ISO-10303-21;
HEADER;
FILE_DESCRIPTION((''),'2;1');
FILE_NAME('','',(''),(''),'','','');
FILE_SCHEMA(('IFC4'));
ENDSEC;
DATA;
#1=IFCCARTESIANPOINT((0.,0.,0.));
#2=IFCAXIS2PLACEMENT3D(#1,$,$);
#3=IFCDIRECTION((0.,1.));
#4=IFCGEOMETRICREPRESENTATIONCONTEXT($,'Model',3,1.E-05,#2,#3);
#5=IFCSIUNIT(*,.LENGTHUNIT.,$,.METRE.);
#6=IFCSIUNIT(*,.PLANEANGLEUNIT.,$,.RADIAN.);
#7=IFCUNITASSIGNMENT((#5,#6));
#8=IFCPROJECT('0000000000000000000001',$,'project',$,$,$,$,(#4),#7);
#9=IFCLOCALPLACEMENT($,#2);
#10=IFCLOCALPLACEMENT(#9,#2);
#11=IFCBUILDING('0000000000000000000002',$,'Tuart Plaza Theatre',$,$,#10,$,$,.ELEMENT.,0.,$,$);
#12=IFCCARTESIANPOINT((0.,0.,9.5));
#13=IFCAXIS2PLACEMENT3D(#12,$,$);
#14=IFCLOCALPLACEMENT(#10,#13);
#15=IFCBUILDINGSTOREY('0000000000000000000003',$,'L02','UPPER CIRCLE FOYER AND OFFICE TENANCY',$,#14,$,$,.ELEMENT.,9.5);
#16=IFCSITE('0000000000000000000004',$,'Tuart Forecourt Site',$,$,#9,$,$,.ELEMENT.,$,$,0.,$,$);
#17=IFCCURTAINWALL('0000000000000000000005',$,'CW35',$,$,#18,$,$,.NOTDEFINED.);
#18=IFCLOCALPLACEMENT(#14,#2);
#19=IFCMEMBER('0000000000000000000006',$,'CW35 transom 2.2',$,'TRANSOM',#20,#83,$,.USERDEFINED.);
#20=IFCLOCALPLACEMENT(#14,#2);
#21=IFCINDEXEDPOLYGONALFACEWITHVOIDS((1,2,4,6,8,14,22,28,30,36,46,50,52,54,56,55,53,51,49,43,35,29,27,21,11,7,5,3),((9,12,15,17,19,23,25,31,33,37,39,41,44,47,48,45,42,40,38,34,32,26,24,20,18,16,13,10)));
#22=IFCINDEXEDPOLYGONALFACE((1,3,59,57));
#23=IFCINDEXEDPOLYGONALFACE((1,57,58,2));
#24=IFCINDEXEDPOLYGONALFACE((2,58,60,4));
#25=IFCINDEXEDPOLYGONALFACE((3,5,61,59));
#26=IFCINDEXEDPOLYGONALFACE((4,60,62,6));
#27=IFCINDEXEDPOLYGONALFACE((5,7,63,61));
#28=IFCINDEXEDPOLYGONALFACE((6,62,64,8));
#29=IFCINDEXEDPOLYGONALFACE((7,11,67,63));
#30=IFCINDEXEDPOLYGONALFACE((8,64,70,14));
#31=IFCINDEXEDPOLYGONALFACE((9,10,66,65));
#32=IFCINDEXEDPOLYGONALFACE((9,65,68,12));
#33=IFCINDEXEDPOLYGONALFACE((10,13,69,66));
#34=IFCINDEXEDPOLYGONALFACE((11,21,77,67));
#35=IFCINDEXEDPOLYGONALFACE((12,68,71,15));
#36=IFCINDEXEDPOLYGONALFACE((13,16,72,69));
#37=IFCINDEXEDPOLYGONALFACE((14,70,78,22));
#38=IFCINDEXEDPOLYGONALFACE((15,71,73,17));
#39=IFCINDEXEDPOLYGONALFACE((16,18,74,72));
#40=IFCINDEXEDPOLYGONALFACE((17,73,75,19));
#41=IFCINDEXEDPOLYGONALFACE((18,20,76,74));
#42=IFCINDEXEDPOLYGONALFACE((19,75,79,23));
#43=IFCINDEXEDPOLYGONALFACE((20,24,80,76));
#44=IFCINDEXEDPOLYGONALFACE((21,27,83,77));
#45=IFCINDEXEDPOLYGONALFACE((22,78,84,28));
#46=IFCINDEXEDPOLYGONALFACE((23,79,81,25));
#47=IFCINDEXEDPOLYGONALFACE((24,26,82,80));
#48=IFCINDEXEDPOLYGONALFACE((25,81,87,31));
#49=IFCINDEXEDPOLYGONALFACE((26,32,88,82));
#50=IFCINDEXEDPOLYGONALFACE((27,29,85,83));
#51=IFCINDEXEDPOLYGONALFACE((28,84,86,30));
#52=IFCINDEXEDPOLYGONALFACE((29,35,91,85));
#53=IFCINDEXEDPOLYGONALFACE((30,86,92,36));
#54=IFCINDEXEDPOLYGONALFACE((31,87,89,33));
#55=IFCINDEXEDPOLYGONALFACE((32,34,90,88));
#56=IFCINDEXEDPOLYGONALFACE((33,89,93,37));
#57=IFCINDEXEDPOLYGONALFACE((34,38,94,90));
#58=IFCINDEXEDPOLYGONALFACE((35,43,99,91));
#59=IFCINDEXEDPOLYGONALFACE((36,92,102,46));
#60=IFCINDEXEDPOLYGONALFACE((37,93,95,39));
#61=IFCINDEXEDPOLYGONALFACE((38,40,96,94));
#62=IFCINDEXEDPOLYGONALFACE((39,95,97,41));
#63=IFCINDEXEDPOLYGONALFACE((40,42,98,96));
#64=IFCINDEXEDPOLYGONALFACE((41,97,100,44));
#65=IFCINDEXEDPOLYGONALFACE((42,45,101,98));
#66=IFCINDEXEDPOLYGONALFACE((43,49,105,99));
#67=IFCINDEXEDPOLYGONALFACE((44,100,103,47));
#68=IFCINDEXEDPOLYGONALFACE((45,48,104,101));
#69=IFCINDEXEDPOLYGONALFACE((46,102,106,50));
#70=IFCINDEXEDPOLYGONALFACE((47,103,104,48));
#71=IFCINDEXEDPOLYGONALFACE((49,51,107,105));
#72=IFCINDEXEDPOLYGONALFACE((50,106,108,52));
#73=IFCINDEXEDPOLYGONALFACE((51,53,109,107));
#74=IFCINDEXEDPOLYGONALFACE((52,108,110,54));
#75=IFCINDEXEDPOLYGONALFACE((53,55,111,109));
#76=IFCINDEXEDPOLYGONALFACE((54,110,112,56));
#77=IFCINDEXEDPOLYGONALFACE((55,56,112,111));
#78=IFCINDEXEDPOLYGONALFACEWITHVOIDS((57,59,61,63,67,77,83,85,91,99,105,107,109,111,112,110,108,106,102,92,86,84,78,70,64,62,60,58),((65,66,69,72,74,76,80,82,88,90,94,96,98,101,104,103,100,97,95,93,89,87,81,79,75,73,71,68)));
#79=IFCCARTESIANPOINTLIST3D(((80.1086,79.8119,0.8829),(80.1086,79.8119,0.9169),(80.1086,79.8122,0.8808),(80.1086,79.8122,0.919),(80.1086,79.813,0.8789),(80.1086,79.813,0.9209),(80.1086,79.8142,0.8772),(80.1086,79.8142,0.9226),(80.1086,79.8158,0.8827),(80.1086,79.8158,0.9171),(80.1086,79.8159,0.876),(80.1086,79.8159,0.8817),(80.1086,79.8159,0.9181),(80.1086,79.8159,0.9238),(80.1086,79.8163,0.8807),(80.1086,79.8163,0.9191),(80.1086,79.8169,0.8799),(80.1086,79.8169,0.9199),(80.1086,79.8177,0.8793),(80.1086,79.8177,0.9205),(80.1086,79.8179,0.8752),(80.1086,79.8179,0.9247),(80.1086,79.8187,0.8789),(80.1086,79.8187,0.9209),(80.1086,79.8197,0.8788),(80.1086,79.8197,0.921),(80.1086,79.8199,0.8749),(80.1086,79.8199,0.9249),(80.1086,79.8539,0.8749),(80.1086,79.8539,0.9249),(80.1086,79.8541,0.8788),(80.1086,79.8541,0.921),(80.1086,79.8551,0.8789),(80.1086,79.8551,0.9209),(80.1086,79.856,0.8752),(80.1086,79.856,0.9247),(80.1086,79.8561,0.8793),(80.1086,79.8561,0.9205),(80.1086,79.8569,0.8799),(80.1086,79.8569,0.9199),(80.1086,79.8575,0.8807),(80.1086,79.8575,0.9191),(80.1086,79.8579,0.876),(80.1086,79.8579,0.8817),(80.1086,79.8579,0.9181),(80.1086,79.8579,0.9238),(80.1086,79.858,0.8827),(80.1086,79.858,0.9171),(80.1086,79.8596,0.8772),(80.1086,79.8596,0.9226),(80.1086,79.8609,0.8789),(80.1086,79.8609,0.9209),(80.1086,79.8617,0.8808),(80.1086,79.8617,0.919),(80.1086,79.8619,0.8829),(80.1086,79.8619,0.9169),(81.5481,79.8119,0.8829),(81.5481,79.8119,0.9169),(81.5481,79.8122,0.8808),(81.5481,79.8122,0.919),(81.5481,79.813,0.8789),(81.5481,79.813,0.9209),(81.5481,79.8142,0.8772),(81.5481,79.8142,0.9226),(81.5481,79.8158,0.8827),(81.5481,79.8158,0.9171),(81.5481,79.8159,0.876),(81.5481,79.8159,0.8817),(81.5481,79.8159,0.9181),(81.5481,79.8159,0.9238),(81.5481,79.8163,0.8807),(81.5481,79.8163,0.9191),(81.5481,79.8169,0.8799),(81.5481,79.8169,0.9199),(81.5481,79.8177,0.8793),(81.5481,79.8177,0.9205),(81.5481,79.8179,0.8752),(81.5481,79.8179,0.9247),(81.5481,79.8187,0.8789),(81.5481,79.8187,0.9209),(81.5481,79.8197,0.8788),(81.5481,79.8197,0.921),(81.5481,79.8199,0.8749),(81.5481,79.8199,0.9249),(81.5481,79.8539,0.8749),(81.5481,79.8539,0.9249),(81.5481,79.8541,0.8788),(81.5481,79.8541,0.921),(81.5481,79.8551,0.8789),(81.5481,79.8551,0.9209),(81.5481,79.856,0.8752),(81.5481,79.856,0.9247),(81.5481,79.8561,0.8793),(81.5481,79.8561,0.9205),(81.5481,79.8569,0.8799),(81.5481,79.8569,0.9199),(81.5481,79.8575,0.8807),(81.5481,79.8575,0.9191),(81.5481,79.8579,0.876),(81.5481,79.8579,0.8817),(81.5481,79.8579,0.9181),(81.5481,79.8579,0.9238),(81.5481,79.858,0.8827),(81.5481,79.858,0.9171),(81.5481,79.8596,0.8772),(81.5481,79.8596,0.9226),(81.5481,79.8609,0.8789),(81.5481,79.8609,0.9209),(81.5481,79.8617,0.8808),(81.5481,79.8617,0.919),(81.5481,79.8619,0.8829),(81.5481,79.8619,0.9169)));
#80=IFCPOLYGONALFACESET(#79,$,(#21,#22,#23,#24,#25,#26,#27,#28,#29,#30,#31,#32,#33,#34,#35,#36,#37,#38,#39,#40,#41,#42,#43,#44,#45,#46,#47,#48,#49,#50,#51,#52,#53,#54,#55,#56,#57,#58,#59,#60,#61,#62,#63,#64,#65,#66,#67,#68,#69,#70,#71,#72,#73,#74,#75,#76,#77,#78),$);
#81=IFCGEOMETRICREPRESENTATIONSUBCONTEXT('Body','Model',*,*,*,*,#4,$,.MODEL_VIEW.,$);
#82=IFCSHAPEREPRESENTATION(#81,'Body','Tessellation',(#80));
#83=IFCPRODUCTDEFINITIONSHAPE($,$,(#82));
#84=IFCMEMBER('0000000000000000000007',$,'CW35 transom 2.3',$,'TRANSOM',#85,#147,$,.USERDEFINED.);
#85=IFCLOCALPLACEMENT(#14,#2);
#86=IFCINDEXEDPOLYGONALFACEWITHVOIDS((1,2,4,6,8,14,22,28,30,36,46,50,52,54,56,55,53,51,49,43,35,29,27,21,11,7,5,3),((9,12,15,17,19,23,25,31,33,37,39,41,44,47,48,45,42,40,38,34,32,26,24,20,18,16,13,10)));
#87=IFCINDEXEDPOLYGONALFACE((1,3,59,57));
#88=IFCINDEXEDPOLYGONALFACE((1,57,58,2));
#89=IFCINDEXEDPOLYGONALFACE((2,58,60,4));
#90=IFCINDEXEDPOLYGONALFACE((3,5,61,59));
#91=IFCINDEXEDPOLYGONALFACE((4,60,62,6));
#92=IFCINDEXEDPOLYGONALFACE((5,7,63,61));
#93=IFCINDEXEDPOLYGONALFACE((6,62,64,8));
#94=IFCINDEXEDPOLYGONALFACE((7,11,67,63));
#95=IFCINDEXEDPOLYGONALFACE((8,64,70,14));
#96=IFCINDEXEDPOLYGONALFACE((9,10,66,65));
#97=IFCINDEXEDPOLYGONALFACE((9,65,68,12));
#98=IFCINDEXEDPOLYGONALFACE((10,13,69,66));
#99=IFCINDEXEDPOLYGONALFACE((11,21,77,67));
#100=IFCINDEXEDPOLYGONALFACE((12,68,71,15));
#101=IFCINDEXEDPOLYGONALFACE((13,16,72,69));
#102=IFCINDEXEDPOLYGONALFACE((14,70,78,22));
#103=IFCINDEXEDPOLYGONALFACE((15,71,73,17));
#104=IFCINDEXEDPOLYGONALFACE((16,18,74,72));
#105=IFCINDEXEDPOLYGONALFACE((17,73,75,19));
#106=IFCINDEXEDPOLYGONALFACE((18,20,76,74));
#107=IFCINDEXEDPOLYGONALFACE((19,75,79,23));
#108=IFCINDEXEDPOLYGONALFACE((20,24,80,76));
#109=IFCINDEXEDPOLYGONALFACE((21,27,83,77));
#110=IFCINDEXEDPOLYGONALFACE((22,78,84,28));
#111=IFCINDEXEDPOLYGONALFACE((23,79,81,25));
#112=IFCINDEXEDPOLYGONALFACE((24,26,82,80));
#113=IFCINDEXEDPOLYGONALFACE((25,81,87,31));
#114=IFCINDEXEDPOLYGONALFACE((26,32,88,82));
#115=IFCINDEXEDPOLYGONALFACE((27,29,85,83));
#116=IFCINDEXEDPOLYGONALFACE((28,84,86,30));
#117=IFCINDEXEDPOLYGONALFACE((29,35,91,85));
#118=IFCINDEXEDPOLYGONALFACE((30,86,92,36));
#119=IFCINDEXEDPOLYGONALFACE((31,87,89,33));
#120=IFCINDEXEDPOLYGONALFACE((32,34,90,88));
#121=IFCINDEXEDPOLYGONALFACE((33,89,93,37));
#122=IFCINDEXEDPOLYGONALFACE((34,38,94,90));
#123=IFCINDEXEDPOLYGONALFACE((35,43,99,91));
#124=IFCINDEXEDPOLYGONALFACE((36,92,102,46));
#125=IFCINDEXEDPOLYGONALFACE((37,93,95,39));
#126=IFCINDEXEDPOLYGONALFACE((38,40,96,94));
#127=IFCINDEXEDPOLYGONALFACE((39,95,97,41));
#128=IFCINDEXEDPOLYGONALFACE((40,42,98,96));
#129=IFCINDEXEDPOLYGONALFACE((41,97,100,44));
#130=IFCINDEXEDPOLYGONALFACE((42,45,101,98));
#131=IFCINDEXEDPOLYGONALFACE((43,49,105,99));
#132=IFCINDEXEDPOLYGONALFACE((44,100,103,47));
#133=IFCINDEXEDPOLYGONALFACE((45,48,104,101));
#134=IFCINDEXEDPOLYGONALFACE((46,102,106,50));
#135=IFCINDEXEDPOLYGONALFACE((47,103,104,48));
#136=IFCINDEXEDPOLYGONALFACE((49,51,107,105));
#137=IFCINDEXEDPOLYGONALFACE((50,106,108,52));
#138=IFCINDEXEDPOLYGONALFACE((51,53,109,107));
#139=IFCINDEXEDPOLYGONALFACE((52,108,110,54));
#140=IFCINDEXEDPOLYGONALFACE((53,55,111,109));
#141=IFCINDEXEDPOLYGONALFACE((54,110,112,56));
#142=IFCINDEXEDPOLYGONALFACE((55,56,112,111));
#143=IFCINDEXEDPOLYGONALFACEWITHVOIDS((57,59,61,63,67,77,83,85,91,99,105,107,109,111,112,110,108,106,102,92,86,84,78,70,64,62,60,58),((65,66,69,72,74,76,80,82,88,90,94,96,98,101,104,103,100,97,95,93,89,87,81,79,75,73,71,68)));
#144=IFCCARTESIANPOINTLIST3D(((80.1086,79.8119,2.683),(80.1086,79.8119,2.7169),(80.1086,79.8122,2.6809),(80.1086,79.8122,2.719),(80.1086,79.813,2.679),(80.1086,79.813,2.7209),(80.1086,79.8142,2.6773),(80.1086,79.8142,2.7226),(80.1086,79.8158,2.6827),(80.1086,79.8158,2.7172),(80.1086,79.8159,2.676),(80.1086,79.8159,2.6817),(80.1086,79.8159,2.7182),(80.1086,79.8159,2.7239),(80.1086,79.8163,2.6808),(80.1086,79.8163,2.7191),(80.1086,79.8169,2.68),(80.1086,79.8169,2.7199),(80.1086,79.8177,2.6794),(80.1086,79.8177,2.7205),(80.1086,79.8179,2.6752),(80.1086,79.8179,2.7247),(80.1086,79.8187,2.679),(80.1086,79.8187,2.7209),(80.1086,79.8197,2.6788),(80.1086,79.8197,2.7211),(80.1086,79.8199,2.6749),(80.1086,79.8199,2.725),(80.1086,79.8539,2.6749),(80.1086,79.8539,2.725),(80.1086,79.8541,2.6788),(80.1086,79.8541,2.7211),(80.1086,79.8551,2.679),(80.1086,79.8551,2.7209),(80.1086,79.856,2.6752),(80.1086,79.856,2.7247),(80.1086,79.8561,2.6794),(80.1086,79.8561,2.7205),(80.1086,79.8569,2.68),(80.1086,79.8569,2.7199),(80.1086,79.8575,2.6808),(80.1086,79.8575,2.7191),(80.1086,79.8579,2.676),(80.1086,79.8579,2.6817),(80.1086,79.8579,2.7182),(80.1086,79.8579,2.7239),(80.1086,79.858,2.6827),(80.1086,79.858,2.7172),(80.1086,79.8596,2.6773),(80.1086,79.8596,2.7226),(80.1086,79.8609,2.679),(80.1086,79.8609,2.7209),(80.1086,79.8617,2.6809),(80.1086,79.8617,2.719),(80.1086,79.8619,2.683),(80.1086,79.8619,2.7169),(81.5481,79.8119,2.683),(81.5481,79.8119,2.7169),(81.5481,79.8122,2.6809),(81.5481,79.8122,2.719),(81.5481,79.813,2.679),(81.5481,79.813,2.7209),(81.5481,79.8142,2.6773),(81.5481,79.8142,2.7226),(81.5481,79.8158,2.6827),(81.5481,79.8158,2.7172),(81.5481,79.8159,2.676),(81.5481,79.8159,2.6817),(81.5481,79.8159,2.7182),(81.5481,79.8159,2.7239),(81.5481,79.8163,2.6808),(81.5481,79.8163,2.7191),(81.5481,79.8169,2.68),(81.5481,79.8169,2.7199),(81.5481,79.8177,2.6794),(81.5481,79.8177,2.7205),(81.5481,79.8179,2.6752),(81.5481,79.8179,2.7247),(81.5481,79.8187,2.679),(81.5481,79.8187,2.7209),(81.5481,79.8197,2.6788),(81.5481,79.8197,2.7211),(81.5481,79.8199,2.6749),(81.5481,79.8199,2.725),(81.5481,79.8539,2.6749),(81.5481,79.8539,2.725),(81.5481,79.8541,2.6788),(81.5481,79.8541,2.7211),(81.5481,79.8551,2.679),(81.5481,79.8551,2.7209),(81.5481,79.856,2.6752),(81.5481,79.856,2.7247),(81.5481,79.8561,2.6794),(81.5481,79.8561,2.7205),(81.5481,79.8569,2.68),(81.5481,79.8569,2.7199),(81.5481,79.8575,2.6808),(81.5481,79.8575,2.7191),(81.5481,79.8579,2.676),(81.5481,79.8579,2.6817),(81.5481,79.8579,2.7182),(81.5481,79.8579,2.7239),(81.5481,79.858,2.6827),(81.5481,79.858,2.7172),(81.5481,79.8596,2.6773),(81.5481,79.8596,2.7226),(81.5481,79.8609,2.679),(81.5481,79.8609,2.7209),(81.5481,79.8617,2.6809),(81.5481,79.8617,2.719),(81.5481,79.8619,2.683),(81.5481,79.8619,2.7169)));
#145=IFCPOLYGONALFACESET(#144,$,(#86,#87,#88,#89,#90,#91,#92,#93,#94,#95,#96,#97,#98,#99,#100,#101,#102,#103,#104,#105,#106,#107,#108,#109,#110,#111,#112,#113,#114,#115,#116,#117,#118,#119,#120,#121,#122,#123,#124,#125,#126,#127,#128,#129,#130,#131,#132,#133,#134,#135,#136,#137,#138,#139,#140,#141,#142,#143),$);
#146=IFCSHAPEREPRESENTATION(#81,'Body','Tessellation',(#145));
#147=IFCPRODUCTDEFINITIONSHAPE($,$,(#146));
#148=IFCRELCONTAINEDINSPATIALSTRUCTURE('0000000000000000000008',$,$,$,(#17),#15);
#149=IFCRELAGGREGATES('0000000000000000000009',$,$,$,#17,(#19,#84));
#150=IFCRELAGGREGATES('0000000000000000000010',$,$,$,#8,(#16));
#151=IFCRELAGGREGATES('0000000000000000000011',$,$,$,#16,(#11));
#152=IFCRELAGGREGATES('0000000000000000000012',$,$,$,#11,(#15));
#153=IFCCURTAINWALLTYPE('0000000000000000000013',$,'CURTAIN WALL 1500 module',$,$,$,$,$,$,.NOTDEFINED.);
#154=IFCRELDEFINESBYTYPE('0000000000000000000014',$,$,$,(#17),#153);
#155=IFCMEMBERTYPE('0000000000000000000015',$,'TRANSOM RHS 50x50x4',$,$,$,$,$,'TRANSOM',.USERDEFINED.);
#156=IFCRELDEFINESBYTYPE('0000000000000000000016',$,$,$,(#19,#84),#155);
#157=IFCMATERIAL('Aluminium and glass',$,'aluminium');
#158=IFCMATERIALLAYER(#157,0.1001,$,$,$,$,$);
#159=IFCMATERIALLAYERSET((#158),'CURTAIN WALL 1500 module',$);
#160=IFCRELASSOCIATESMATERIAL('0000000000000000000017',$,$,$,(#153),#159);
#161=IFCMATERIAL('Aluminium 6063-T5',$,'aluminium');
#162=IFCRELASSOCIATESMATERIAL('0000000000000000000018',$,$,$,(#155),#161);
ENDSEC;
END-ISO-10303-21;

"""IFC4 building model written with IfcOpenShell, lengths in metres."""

from ifc_helpers import new_model, si_unit, direction, frame, origin, origin_2d, place, context, subcontext, project, spatial, hollow_rectangle, extrude, material, layer, layer_set, material_profile, profile_set, type_object, element, aggregate, save


model = new_model("IFC4")

# Units and contexts
model_context = context("Model", 3, precision=1e-05, world=origin(), true_north=direction((0.0, 1.0)))
body_context = subcontext(model_context, "Body", "Model", "MODEL_VIEW")
ifc_project = project(units=[si_unit("LENGTHUNIT", "METRE"), si_unit("PLANEANGLEUNIT", "RADIAN")], contexts=[model_context])

# Site, building, storey
site_placement = place(None, origin())
site = spatial("IfcSite", under=ifc_project, at=site_placement, Name="Tuart Forecourt Site", CompositionType="ELEMENT", RefElevation=0.0)
building_placement = place(site_placement, origin())
building = spatial("IfcBuilding", under=site, at=building_placement, Name="Tuart Plaza Theatre", CompositionType="ELEMENT", ElevationOfRefHeight=0.0)
storey_placement = place(building_placement, frame((0.0, 0.0, 9.5)))
storey = spatial("IfcBuildingStorey", under=building, at=storey_placement, Name="L02", Description="UPPER CIRCLE FOYER AND OFFICE TENANCY", CompositionType="ELEMENT", Elevation=9.5)

# Curtain wall, members
ifc_material_1 = material(Name="Aluminium and glass", Category="aluminium")
ifc_layer_1 = layer(ifc_material_1, 0.1001)
ifc_layer_set_1 = layer_set([ifc_layer_1], Name="CURTAIN WALL 1500 module")
curtain_wall_type = type_object("IfcCurtainWallType", Name="CURTAIN WALL 1500 module", PredefinedType="NOTDEFINED", material=ifc_layer_set_1)
curtain_wall_placement = place(storey_placement, origin())
curtain_wall = element("IfcCurtainWall", 1, at=curtain_wall_placement, inside=storey, type_object=curtain_wall_type, Name="CW35", PredefinedType="NOTDEFINED")
ifc_material_2 = material(Name="Aluminium 6063-T5", Category="aluminium")
ifc_material_profile_1 = material_profile(ifc_material_2, hollow_rectangle(XDim=0.05, YDim=0.05, WallThickness=0.0039, InnerFilletRadius=0.0039, OuterFilletRadius=0.0081, at=origin_2d()), Name="RHS 50x50x4")
ifc_profile_set_1 = profile_set([ifc_material_profile_1], Name="Aluminium 6063-T5")
member_type_1 = type_object("IfcMemberType", Name="TRANSOM RHS 50x50x4", ElementType="TRANSOM", PredefinedType="USERDEFINED", material=ifc_profile_set_1)
member_1_placement = place(storey_placement, frame((80.1086, 79.8369, 0.8999), z_axis=(1.0, 0.0, 0.0), x_axis=(0.0, 1.0, 0.0)))
member_1 = element("IfcMember", 2, at=member_1_placement, type_object=member_type_1, Name="CW35 transom 2.2", ObjectType="TRANSOM", PredefinedType="USERDEFINED", context=body_context, shape_type="SweptSolid", body=[
    extrude(hollow_rectangle(XDim=0.05, YDim=0.05, WallThickness=0.0039, InnerFilletRadius=0.0039, OuterFilletRadius=0.0081, at=origin_2d()), origin(), (0.0, 0.0, 1.0), 1.4395),
])
member_2_placement = place(storey_placement, frame((80.1086, 79.8369, 2.7), z_axis=(1.0, 0.0, 0.0), x_axis=(0.0, 1.0, 0.0)))
member_2 = element("IfcMember", 3, at=member_2_placement, type_object=member_type_1, Name="CW35 transom 2.3", ObjectType="TRANSOM", PredefinedType="USERDEFINED", context=body_context, shape_type="SweptSolid", body=[
    extrude(hollow_rectangle(XDim=0.05, YDim=0.05, WallThickness=0.0039, InnerFilletRadius=0.0039, OuterFilletRadius=0.0081, at=origin_2d()), origin(), (0.0, 0.0, 1.0), 1.4395),
])
aggregate(curtain_wall, [member_1, member_2])

save(model, "model.ifc")
